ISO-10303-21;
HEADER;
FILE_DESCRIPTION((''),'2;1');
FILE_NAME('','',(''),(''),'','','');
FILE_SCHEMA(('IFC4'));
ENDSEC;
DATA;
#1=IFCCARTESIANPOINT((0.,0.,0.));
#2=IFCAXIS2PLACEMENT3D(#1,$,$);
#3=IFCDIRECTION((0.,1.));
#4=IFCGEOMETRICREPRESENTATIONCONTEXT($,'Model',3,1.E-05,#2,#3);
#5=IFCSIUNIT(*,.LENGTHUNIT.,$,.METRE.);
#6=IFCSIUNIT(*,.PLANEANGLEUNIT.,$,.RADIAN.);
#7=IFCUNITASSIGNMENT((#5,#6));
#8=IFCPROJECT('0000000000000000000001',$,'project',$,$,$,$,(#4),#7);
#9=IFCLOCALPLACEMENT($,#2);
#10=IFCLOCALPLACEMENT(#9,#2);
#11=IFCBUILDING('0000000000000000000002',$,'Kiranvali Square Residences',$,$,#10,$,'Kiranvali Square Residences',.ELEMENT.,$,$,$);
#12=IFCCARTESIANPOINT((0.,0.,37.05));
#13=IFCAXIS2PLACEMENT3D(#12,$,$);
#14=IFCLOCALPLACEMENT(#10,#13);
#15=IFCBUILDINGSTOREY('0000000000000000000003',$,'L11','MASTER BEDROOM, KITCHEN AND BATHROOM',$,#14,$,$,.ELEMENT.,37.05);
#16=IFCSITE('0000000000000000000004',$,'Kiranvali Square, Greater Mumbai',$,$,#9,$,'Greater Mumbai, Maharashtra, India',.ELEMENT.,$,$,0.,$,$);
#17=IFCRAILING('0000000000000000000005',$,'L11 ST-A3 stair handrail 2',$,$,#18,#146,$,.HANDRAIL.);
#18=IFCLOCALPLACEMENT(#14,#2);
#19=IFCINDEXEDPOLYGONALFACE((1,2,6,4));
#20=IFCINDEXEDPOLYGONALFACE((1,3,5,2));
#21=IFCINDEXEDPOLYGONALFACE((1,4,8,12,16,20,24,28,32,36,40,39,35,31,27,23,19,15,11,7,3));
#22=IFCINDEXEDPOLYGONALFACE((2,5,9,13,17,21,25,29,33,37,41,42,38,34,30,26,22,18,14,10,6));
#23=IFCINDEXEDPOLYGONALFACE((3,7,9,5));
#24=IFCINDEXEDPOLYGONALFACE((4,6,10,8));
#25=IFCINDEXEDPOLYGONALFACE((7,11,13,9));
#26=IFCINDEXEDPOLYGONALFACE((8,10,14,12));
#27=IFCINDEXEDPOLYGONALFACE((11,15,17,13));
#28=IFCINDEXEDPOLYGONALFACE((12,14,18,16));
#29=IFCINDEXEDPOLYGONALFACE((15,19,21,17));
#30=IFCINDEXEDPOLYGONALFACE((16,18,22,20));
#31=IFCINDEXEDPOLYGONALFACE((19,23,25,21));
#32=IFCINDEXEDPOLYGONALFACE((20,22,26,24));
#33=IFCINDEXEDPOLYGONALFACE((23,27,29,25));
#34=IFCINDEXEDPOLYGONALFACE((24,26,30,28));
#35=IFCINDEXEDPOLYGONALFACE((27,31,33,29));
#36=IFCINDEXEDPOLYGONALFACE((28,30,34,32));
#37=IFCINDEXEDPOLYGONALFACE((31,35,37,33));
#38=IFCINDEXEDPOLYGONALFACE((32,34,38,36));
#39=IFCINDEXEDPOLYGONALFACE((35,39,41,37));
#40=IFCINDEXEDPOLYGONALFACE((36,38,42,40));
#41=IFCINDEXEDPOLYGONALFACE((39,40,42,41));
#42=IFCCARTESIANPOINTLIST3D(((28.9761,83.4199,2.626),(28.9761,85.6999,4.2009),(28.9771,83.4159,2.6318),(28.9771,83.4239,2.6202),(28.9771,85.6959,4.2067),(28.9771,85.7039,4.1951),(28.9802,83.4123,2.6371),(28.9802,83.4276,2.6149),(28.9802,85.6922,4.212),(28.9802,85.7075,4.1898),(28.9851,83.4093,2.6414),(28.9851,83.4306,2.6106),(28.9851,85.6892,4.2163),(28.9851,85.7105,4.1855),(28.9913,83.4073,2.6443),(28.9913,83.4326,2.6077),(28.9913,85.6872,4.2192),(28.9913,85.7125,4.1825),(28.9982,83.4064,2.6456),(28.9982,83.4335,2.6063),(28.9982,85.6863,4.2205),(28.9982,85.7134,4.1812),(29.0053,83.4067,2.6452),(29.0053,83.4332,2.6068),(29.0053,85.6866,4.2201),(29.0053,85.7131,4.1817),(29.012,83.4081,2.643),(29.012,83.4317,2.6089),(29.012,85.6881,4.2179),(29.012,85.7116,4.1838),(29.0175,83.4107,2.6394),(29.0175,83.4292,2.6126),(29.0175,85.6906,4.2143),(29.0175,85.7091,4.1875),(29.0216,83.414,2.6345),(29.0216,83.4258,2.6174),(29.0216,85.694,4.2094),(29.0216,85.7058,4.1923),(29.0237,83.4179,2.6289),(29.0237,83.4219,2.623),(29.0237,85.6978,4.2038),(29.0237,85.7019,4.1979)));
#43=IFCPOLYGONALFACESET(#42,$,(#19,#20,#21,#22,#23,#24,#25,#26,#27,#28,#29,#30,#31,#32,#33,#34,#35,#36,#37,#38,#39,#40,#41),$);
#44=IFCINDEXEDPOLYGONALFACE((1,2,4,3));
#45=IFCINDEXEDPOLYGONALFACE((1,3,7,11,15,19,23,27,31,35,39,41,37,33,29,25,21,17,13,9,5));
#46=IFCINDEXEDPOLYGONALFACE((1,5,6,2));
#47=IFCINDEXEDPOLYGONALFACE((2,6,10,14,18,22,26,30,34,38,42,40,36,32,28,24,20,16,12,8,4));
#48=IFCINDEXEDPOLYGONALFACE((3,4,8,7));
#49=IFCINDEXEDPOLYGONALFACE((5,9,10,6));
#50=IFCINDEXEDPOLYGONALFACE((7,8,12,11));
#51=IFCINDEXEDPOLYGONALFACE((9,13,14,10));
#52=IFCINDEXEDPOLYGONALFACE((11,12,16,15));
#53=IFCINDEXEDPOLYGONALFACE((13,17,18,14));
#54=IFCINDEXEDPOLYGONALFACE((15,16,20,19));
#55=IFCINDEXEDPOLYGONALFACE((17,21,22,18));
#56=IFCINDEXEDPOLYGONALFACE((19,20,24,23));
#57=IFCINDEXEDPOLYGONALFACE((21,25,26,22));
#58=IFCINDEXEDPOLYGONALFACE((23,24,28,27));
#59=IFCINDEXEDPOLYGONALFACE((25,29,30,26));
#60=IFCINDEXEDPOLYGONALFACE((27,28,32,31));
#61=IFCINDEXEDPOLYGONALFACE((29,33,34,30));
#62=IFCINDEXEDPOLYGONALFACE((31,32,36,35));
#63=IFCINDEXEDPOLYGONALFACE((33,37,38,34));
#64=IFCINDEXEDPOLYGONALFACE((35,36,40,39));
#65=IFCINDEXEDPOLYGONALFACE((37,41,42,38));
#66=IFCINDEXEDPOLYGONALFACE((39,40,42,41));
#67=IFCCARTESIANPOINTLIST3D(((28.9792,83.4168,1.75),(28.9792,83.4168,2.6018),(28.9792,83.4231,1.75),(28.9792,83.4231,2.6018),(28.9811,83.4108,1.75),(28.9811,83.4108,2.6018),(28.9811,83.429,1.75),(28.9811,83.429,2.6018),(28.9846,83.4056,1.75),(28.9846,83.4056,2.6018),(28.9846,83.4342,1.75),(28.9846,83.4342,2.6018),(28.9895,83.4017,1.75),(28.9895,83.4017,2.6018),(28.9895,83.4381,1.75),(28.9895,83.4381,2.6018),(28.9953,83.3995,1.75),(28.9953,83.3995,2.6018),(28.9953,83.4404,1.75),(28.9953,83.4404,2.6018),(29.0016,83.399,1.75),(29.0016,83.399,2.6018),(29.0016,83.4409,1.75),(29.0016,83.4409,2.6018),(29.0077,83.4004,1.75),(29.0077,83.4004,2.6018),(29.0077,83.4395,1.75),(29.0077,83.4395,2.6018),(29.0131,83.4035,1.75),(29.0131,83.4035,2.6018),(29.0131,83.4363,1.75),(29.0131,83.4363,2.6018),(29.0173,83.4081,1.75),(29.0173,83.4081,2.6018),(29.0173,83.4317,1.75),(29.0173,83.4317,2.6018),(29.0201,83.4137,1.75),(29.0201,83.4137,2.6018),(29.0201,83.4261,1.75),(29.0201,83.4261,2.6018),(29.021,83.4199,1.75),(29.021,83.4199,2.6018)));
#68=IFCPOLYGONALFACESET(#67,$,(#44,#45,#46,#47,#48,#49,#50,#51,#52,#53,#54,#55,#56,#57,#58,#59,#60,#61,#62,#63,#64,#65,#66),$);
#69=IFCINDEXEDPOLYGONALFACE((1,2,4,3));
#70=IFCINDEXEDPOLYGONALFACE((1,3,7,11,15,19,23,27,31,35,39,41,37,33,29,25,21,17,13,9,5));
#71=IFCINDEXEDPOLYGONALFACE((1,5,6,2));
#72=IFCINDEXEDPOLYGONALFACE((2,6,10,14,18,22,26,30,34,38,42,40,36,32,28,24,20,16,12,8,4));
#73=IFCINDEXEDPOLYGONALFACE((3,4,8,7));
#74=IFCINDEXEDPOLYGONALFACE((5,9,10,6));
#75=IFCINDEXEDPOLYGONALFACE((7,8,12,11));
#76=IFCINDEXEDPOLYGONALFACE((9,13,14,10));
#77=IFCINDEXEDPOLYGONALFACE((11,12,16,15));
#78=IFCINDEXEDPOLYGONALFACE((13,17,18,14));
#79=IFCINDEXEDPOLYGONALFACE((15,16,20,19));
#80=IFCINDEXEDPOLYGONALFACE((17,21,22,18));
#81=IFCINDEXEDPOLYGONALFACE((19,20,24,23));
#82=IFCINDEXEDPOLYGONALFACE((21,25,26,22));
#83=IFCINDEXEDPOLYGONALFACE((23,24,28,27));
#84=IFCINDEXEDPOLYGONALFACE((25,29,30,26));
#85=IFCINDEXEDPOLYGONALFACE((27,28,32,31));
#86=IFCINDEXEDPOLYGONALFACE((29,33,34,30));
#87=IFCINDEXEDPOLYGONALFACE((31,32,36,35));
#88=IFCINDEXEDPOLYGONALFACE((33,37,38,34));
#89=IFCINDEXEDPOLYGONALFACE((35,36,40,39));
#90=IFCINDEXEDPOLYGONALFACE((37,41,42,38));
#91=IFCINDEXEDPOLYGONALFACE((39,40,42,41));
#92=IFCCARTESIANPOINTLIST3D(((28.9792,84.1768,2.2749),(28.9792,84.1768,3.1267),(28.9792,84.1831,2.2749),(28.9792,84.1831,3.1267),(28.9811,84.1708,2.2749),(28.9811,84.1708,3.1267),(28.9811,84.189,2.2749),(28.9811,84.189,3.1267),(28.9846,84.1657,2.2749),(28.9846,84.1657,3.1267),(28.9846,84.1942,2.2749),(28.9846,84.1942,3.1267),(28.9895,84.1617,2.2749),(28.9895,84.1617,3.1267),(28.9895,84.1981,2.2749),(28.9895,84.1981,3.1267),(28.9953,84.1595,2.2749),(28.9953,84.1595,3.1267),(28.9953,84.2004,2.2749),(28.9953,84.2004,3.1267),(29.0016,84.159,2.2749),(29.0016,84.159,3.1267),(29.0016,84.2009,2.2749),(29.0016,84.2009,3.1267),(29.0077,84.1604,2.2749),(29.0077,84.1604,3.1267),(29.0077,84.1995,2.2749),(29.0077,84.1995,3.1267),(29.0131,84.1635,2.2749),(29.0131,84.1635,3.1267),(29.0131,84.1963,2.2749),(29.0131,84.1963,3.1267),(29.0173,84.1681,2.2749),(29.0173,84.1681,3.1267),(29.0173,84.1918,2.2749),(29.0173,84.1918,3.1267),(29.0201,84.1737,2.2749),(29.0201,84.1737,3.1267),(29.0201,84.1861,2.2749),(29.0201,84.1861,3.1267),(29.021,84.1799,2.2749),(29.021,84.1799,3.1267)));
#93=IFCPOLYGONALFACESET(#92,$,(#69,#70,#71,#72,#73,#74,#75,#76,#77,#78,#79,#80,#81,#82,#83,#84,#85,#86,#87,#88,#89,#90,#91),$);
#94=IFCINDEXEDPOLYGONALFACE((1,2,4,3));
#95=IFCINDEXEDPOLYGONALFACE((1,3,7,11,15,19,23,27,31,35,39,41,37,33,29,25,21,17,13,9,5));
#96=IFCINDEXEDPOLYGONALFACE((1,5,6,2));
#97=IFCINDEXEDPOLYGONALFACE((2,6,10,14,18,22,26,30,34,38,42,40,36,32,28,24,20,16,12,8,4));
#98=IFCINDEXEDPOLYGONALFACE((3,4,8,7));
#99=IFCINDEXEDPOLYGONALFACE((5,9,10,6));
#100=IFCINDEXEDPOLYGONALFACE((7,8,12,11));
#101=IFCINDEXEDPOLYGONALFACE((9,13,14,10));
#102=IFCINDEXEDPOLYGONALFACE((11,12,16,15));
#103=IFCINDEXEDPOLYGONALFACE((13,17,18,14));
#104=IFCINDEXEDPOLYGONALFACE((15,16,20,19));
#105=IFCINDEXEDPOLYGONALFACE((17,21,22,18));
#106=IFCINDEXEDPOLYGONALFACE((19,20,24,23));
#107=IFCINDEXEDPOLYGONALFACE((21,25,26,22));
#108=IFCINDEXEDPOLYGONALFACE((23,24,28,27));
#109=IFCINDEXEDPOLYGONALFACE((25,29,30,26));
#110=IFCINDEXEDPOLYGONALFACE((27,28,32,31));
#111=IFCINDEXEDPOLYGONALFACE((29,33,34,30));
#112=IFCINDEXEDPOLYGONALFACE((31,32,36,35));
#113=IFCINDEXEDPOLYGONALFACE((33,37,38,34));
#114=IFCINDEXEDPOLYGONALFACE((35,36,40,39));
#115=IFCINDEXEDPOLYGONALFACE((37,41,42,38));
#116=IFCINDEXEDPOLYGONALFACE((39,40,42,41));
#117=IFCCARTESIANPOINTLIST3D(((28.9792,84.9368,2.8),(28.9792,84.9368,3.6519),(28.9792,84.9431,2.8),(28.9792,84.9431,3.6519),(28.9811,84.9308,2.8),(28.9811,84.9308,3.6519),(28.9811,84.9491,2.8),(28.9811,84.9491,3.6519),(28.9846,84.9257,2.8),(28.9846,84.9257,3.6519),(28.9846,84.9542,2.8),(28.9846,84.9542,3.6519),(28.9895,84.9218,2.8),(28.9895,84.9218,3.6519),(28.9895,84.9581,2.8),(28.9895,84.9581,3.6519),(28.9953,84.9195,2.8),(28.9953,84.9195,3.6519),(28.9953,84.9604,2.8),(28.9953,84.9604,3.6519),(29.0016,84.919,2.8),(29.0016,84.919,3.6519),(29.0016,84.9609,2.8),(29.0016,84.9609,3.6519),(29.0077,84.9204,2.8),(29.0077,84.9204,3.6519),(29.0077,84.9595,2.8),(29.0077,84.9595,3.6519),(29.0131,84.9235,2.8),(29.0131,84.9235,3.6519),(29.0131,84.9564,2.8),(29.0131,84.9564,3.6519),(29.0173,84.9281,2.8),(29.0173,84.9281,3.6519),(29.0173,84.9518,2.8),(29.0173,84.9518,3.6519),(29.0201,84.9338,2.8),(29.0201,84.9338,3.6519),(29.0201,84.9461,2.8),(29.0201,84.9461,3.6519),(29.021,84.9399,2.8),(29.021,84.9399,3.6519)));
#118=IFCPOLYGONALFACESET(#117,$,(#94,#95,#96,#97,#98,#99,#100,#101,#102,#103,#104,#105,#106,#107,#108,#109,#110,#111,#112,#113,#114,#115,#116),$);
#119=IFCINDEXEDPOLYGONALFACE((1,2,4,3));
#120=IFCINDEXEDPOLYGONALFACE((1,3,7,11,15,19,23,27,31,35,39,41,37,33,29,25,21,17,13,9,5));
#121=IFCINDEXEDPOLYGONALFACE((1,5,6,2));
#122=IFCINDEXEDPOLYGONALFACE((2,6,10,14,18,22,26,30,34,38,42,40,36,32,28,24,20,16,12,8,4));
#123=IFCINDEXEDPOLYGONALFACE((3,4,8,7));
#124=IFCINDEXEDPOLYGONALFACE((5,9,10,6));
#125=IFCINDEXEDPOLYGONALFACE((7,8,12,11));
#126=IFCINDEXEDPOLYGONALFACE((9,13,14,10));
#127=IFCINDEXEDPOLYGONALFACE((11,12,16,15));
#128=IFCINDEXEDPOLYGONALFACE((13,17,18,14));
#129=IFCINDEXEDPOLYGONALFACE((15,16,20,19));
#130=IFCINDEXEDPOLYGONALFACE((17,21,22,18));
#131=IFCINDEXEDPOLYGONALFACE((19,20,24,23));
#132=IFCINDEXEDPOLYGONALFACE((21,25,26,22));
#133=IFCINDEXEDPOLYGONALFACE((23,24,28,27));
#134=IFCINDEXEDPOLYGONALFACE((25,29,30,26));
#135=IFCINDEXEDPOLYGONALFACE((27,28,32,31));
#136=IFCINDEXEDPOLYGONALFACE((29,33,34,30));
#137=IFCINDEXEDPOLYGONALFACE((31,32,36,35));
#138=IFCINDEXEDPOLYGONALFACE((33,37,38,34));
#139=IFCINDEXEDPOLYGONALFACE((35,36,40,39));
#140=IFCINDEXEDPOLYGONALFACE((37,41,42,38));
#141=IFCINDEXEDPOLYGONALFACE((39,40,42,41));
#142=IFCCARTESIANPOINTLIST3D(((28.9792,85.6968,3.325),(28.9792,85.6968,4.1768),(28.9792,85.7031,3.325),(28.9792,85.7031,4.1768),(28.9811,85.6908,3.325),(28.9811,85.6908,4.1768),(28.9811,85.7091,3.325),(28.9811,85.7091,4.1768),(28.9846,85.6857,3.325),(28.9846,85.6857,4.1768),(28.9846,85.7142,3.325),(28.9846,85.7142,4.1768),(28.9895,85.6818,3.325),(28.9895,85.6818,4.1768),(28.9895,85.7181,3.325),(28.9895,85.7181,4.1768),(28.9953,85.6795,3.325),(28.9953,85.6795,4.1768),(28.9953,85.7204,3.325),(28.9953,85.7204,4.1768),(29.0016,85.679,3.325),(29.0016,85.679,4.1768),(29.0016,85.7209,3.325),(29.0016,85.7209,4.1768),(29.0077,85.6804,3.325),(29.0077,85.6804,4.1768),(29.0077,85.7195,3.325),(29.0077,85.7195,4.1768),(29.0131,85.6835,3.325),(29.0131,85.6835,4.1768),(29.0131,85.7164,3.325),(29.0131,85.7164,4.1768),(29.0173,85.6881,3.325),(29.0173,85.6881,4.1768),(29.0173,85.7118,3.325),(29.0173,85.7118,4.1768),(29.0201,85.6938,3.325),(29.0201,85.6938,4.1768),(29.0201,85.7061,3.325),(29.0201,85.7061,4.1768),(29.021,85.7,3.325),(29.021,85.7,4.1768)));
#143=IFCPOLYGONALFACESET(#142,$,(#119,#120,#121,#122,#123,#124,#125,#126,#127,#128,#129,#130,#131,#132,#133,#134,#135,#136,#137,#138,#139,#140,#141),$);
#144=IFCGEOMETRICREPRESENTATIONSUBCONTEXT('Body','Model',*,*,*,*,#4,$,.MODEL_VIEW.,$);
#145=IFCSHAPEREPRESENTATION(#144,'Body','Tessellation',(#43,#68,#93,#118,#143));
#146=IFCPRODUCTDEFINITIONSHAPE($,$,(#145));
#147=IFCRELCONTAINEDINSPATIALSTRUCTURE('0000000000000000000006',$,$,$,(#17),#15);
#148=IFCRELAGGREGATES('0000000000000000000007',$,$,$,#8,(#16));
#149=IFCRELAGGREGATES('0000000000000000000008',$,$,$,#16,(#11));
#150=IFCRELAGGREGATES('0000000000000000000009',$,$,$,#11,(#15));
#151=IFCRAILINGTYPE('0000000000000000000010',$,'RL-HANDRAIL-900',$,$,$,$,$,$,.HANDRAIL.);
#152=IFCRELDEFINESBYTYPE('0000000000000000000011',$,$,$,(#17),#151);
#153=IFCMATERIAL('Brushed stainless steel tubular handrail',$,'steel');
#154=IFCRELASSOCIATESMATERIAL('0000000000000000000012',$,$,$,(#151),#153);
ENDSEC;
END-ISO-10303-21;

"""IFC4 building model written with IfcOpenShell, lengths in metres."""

from ifc_helpers import new_model, si_unit, direction, frame, origin, origin_2d, place, context, subcontext, project, spatial, circle, extrude, material, type_object, element, save


model = new_model("IFC4")

# Units and contexts
model_context = context("Model", 3, precision=1e-05, world=origin(), true_north=direction((0.0, 1.0)))
body_context = subcontext(model_context, "Body", "Model", "MODEL_VIEW")
ifc_project = project(units=[si_unit("LENGTHUNIT", "METRE"), si_unit("PLANEANGLEUNIT", "RADIAN")], contexts=[model_context])

# Site, building, storey
site_placement = place(None, origin())
site = spatial("IfcSite", under=ifc_project, at=site_placement, Name="Kiranvali Square, Greater Mumbai", LongName="Greater Mumbai, Maharashtra, India", CompositionType="ELEMENT", RefElevation=0.0)
building_placement = place(site_placement, origin())
building = spatial("IfcBuilding", under=site, at=building_placement, Name="Kiranvali Square Residences", LongName="Kiranvali Square Residences", CompositionType="ELEMENT")
storey_placement = place(building_placement, frame((0.0, 0.0, 37.05)))
storey = spatial("IfcBuildingStorey", under=building, at=storey_placement, Name="L11", Description="MASTER BEDROOM, KITCHEN AND BATHROOM", CompositionType="ELEMENT", Elevation=37.05)

# Railing
ifc_material_1 = material(Name="Brushed stainless steel tubular handrail", Category="steel")
railing_type_1 = type_object("IfcRailingType", Name="RL-HANDRAIL-900", PredefinedType="HANDRAIL", material=ifc_material_1)
railing_1_placement = place(storey_placement, frame((29.0, 83.4199, 1.75)))
element("IfcRailing", 1, at=railing_1_placement, inside=storey, type_object=railing_type_1, Name="L11 ST-A3 stair handrail 2", PredefinedType="HANDRAIL", context=body_context, shape_type="SweptSolid", body=[
    extrude(circle(Radius=0.0239, at=origin_2d()), frame((0.0, 0.0, 0.876), z_axis=(0.0, 0.822788, 0.568348), x_axis=(-1.0, 0.0, 0.0)), (0.0, 0.0, 1.0), 2.771),
    extrude(circle(Radius=0.021, at=origin_2d()), origin(), (0.0, 0.0, 1.0), 0.8518),
    extrude(circle(Radius=0.021, at=origin_2d()), frame((0.0, 0.76, 0.5249)), (0.0, 0.0, 1.0), 0.8518),
    extrude(circle(Radius=0.021, at=origin_2d()), frame((0.0, 1.52, 1.05)), (0.0, 0.0, 1.0), 0.8518),
    extrude(circle(Radius=0.021, at=origin_2d()), frame((0.0, 2.28, 1.575)), (0.0, 0.0, 1.0), 0.8518),
])

save(model, "model.ifc")
